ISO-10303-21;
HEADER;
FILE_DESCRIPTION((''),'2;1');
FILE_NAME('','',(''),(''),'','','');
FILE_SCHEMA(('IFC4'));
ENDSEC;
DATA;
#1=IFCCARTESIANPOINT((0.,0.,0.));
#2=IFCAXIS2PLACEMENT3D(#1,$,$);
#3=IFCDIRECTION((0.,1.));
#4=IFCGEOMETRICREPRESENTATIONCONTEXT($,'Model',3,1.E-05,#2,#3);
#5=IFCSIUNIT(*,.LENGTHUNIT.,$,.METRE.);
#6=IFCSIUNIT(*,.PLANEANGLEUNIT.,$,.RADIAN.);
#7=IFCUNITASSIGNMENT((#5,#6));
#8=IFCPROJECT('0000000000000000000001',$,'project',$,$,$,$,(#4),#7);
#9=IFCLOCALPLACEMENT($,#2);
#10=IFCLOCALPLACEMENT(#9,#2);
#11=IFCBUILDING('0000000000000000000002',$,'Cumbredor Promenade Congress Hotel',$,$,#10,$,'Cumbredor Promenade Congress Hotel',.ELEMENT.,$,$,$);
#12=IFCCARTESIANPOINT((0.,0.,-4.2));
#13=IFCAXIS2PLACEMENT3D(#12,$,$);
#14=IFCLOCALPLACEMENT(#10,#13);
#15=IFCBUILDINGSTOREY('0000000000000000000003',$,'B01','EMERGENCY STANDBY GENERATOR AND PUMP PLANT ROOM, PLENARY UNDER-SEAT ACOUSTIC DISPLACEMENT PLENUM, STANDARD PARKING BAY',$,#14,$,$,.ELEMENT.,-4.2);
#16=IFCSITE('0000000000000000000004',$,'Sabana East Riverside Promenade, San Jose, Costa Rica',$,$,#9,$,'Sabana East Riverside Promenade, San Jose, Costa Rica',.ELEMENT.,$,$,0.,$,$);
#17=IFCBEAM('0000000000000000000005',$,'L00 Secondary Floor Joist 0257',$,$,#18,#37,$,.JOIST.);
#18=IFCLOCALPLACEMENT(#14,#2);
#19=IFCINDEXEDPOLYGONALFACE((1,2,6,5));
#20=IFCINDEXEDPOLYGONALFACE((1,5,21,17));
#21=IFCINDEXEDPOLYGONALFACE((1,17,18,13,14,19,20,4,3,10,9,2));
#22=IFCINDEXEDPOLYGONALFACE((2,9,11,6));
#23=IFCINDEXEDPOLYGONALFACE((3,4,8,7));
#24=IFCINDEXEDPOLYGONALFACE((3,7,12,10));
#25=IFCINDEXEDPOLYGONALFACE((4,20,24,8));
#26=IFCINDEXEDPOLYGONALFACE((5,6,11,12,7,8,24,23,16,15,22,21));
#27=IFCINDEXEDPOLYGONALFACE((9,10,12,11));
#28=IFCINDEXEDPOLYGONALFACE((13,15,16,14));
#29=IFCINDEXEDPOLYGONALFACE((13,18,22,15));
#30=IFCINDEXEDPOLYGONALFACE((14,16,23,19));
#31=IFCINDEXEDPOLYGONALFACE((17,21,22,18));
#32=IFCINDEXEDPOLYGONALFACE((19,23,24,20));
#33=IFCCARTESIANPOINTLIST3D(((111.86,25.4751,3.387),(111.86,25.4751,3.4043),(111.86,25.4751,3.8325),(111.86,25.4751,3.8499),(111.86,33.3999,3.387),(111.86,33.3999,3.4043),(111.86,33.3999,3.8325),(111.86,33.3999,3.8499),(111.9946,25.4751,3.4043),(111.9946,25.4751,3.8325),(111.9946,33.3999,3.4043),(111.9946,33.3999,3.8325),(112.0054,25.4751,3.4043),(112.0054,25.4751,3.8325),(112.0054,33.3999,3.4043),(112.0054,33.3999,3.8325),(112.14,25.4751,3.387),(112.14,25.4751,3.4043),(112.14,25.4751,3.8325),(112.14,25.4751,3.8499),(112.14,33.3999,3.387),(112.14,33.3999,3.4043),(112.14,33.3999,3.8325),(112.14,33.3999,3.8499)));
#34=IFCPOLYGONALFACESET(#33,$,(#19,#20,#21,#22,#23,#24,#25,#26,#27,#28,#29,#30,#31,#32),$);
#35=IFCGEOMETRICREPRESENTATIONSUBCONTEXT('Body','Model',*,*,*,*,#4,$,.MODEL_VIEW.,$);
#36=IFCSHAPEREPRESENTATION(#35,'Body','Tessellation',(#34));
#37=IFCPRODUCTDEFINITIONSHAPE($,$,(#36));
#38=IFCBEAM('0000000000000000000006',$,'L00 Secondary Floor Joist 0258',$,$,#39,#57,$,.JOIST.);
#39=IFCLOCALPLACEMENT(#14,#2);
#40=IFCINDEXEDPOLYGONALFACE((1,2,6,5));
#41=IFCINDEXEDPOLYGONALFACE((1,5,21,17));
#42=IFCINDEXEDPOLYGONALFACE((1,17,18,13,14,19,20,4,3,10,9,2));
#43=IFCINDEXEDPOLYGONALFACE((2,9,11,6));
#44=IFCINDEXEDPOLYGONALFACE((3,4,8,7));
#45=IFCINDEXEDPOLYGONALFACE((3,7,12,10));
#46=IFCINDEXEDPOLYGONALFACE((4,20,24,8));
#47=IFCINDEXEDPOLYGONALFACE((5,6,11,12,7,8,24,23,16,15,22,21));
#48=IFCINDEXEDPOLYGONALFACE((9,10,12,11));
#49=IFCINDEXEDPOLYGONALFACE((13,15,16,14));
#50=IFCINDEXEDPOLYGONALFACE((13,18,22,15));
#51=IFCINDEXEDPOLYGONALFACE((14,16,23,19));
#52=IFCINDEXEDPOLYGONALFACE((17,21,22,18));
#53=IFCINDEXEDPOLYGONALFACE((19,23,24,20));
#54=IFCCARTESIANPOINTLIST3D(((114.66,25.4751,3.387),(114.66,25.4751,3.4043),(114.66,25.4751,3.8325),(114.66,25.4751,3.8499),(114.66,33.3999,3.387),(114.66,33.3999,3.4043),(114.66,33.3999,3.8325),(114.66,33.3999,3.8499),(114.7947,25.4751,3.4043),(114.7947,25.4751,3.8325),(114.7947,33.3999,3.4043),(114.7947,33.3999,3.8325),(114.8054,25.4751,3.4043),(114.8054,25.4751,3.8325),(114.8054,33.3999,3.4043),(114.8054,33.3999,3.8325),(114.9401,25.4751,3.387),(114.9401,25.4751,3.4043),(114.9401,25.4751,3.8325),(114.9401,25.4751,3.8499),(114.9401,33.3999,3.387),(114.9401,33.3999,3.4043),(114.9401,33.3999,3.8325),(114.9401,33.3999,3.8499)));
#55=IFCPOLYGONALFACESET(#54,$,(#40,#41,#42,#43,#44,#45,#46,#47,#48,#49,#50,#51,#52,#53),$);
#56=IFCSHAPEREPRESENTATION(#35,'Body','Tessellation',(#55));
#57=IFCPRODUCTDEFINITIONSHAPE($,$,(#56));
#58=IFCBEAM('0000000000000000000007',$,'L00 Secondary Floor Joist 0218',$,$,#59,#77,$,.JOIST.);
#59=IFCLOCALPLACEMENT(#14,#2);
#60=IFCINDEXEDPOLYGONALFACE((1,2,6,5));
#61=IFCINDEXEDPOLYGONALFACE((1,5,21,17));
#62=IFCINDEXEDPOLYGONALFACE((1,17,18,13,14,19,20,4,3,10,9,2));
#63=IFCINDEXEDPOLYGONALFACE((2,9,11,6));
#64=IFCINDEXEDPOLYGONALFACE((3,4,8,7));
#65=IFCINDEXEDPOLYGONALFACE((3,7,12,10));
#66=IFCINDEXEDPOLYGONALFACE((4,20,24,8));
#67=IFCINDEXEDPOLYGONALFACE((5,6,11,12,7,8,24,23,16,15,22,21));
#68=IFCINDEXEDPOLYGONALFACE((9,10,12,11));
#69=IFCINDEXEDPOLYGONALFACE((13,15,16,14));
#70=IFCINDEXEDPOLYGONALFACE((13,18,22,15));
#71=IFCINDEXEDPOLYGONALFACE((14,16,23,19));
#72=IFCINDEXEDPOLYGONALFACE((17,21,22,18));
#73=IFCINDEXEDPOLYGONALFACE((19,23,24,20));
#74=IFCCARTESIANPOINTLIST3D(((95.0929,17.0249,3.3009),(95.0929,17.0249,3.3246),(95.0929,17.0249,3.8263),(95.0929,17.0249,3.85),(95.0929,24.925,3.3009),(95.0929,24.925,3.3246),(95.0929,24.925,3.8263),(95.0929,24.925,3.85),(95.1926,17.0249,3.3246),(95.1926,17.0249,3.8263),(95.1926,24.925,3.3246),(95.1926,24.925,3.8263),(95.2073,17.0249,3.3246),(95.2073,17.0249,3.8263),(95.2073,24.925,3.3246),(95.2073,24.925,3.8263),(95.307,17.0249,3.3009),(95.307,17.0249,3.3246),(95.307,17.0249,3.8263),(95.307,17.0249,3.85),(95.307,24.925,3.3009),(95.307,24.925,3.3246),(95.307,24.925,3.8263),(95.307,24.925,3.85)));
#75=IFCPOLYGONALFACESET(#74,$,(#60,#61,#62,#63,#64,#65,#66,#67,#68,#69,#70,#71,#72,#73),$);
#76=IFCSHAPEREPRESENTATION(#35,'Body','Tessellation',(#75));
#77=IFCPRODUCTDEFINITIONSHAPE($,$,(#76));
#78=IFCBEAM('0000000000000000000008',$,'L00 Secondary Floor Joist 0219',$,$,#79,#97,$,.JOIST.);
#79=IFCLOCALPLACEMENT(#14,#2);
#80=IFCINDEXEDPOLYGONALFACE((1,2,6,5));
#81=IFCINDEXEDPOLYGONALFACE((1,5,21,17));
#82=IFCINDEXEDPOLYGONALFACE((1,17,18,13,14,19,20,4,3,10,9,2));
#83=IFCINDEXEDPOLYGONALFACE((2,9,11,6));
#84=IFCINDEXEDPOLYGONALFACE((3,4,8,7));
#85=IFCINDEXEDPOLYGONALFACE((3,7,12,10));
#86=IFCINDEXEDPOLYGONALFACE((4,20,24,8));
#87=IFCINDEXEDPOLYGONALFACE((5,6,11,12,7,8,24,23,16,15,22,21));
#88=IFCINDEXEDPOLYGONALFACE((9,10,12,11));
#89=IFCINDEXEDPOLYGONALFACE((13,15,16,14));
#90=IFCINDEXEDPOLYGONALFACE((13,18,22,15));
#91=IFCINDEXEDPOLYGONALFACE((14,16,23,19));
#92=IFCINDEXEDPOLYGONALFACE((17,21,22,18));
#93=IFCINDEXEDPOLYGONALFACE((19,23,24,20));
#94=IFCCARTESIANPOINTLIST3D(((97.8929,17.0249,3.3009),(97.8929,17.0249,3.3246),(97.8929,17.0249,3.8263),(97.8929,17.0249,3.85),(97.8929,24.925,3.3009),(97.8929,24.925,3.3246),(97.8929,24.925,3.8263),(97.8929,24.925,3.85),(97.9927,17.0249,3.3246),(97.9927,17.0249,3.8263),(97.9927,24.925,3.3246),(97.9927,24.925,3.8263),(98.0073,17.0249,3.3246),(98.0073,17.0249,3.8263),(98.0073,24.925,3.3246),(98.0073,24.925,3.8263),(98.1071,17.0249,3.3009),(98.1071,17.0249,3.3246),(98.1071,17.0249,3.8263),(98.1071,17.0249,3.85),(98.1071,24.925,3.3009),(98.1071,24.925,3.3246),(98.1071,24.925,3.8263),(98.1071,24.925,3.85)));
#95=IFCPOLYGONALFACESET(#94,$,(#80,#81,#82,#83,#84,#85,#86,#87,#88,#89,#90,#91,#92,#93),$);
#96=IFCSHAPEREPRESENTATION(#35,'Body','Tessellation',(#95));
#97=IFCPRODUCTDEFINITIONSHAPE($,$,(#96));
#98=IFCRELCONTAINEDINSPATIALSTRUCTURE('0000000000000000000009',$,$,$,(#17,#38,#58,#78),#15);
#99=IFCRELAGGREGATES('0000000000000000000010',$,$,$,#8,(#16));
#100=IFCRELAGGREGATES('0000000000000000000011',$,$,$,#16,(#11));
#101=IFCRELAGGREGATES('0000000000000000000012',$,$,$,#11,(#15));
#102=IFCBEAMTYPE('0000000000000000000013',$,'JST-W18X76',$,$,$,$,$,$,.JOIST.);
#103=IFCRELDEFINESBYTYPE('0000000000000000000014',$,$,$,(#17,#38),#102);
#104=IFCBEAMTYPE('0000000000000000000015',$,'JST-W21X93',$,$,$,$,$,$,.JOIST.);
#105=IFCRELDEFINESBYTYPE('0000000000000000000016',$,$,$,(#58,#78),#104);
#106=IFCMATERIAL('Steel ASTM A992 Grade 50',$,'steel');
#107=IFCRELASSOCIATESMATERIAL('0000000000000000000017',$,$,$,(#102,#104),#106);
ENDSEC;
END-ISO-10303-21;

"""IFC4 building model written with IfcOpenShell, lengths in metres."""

from ifc_helpers import new_model, si_unit, direction, frame, origin, origin_2d, place, context, subcontext, project, spatial, i_section, extrude, material, material_profile, profile_set, type_object, element, save


model = new_model("IFC4")

# Units and contexts
model_context = context("Model", 3, precision=1e-05, world=origin(), true_north=direction((0.0, 1.0)))
body_context = subcontext(model_context, "Body", "Model", "MODEL_VIEW")
ifc_project = project(units=[si_unit("LENGTHUNIT", "METRE"), si_unit("PLANEANGLEUNIT", "RADIAN")], contexts=[model_context])

# Site, building, storey
site_placement = place(None, origin())
site = spatial("IfcSite", under=ifc_project, at=site_placement, Name="Sabana East Riverside Promenade, San Jose, Costa Rica", LongName="Sabana East Riverside Promenade, San Jose, Costa Rica", CompositionType="ELEMENT", RefElevation=0.0)
building_placement = place(site_placement, origin())
building = spatial("IfcBuilding", under=site, at=building_placement, Name="Cumbredor Promenade Congress Hotel", LongName="Cumbredor Promenade Congress Hotel", CompositionType="ELEMENT")
storey_placement = place(building_placement, frame((0.0, 0.0, -4.2)))
storey = spatial("IfcBuildingStorey", under=building, at=storey_placement, Name="B01", Description="EMERGENCY STANDBY GENERATOR AND PUMP PLANT ROOM, PLENARY UNDER-SEAT ACOUSTIC DISPLACEMENT PLENUM, STANDARD PARKING BAY", CompositionType="ELEMENT", Elevation=-4.2)

# Beams
ifc_material_1 = material(Name="Steel ASTM A992 Grade 50", Category="steel")
ifc_material_profile_1 = material_profile(ifc_material_1, i_section(OverallWidth=0.28, OverallDepth=0.4629, WebThickness=0.0107, FlangeThickness=0.0173, at=origin_2d()), Name="W18X76")
ifc_profile_set_1 = profile_set([ifc_material_profile_1], Name="Steel ASTM A992 Grade 50")
beam_type_1 = type_object("IfcBeamType", Name="JST-W18X76", PredefinedType="JOIST", material=ifc_profile_set_1)
for number, where, z_axis, x_axis, name in (
    (1, (112.0, 25.4751, 3.6184), (0.0, 1.0, 0.0), (-1.0, 0.0, 0.0), "L00 Secondary Floor Joist 0257"),
    (2, (114.8, 25.4751, 3.6184), (0.0, 1.0, 0.0), (-1.0, 0.0, 0.0), "L00 Secondary Floor Joist 0258"),
):
    element("IfcBeam", number, at=place(storey_placement, frame(where, z_axis=z_axis, x_axis=x_axis)), inside=storey, type_object=beam_type_1, Name=name, PredefinedType="JOIST", context=body_context, shape_type="SweptSolid", body=[
        extrude(i_section(OverallWidth=0.28, OverallDepth=0.4629, WebThickness=0.0107, FlangeThickness=0.0173, at=origin_2d()), origin(), (0.0, 0.0, 1.0), 7.9248),
    ])
ifc_material_profile_2 = material_profile(ifc_material_1, i_section(OverallWidth=0.2141, OverallDepth=0.5491, WebThickness=0.0146, FlangeThickness=0.0237, at=origin_2d()), Name="W21X93")
ifc_profile_set_2 = profile_set([ifc_material_profile_2], Name="Steel ASTM A992 Grade 50")
beam_type_2 = type_object("IfcBeamType", Name="JST-W21X93", PredefinedType="JOIST", material=ifc_profile_set_2)
for number, where, z_axis, x_axis, name in (
    (3, (95.2, 17.0249, 3.5754), (0.0, 1.0, 0.0), (-1.0, 0.0, 0.0), "L00 Secondary Floor Joist 0218"),
    (4, (98.0, 17.0249, 3.5754), (0.0, 1.0, 0.0), (-1.0, 0.0, 0.0), "L00 Secondary Floor Joist 0219"),
):
    element("IfcBeam", number, at=place(storey_placement, frame(where, z_axis=z_axis, x_axis=x_axis)), inside=storey, type_object=beam_type_2, Name=name, PredefinedType="JOIST", context=body_context, shape_type="SweptSolid", body=[
        extrude(i_section(OverallWidth=0.2141, OverallDepth=0.5491, WebThickness=0.0146, FlangeThickness=0.0237, at=origin_2d()), origin(), (0.0, 0.0, 1.0), 7.9001),
    ])

save(model, "model.ifc")
